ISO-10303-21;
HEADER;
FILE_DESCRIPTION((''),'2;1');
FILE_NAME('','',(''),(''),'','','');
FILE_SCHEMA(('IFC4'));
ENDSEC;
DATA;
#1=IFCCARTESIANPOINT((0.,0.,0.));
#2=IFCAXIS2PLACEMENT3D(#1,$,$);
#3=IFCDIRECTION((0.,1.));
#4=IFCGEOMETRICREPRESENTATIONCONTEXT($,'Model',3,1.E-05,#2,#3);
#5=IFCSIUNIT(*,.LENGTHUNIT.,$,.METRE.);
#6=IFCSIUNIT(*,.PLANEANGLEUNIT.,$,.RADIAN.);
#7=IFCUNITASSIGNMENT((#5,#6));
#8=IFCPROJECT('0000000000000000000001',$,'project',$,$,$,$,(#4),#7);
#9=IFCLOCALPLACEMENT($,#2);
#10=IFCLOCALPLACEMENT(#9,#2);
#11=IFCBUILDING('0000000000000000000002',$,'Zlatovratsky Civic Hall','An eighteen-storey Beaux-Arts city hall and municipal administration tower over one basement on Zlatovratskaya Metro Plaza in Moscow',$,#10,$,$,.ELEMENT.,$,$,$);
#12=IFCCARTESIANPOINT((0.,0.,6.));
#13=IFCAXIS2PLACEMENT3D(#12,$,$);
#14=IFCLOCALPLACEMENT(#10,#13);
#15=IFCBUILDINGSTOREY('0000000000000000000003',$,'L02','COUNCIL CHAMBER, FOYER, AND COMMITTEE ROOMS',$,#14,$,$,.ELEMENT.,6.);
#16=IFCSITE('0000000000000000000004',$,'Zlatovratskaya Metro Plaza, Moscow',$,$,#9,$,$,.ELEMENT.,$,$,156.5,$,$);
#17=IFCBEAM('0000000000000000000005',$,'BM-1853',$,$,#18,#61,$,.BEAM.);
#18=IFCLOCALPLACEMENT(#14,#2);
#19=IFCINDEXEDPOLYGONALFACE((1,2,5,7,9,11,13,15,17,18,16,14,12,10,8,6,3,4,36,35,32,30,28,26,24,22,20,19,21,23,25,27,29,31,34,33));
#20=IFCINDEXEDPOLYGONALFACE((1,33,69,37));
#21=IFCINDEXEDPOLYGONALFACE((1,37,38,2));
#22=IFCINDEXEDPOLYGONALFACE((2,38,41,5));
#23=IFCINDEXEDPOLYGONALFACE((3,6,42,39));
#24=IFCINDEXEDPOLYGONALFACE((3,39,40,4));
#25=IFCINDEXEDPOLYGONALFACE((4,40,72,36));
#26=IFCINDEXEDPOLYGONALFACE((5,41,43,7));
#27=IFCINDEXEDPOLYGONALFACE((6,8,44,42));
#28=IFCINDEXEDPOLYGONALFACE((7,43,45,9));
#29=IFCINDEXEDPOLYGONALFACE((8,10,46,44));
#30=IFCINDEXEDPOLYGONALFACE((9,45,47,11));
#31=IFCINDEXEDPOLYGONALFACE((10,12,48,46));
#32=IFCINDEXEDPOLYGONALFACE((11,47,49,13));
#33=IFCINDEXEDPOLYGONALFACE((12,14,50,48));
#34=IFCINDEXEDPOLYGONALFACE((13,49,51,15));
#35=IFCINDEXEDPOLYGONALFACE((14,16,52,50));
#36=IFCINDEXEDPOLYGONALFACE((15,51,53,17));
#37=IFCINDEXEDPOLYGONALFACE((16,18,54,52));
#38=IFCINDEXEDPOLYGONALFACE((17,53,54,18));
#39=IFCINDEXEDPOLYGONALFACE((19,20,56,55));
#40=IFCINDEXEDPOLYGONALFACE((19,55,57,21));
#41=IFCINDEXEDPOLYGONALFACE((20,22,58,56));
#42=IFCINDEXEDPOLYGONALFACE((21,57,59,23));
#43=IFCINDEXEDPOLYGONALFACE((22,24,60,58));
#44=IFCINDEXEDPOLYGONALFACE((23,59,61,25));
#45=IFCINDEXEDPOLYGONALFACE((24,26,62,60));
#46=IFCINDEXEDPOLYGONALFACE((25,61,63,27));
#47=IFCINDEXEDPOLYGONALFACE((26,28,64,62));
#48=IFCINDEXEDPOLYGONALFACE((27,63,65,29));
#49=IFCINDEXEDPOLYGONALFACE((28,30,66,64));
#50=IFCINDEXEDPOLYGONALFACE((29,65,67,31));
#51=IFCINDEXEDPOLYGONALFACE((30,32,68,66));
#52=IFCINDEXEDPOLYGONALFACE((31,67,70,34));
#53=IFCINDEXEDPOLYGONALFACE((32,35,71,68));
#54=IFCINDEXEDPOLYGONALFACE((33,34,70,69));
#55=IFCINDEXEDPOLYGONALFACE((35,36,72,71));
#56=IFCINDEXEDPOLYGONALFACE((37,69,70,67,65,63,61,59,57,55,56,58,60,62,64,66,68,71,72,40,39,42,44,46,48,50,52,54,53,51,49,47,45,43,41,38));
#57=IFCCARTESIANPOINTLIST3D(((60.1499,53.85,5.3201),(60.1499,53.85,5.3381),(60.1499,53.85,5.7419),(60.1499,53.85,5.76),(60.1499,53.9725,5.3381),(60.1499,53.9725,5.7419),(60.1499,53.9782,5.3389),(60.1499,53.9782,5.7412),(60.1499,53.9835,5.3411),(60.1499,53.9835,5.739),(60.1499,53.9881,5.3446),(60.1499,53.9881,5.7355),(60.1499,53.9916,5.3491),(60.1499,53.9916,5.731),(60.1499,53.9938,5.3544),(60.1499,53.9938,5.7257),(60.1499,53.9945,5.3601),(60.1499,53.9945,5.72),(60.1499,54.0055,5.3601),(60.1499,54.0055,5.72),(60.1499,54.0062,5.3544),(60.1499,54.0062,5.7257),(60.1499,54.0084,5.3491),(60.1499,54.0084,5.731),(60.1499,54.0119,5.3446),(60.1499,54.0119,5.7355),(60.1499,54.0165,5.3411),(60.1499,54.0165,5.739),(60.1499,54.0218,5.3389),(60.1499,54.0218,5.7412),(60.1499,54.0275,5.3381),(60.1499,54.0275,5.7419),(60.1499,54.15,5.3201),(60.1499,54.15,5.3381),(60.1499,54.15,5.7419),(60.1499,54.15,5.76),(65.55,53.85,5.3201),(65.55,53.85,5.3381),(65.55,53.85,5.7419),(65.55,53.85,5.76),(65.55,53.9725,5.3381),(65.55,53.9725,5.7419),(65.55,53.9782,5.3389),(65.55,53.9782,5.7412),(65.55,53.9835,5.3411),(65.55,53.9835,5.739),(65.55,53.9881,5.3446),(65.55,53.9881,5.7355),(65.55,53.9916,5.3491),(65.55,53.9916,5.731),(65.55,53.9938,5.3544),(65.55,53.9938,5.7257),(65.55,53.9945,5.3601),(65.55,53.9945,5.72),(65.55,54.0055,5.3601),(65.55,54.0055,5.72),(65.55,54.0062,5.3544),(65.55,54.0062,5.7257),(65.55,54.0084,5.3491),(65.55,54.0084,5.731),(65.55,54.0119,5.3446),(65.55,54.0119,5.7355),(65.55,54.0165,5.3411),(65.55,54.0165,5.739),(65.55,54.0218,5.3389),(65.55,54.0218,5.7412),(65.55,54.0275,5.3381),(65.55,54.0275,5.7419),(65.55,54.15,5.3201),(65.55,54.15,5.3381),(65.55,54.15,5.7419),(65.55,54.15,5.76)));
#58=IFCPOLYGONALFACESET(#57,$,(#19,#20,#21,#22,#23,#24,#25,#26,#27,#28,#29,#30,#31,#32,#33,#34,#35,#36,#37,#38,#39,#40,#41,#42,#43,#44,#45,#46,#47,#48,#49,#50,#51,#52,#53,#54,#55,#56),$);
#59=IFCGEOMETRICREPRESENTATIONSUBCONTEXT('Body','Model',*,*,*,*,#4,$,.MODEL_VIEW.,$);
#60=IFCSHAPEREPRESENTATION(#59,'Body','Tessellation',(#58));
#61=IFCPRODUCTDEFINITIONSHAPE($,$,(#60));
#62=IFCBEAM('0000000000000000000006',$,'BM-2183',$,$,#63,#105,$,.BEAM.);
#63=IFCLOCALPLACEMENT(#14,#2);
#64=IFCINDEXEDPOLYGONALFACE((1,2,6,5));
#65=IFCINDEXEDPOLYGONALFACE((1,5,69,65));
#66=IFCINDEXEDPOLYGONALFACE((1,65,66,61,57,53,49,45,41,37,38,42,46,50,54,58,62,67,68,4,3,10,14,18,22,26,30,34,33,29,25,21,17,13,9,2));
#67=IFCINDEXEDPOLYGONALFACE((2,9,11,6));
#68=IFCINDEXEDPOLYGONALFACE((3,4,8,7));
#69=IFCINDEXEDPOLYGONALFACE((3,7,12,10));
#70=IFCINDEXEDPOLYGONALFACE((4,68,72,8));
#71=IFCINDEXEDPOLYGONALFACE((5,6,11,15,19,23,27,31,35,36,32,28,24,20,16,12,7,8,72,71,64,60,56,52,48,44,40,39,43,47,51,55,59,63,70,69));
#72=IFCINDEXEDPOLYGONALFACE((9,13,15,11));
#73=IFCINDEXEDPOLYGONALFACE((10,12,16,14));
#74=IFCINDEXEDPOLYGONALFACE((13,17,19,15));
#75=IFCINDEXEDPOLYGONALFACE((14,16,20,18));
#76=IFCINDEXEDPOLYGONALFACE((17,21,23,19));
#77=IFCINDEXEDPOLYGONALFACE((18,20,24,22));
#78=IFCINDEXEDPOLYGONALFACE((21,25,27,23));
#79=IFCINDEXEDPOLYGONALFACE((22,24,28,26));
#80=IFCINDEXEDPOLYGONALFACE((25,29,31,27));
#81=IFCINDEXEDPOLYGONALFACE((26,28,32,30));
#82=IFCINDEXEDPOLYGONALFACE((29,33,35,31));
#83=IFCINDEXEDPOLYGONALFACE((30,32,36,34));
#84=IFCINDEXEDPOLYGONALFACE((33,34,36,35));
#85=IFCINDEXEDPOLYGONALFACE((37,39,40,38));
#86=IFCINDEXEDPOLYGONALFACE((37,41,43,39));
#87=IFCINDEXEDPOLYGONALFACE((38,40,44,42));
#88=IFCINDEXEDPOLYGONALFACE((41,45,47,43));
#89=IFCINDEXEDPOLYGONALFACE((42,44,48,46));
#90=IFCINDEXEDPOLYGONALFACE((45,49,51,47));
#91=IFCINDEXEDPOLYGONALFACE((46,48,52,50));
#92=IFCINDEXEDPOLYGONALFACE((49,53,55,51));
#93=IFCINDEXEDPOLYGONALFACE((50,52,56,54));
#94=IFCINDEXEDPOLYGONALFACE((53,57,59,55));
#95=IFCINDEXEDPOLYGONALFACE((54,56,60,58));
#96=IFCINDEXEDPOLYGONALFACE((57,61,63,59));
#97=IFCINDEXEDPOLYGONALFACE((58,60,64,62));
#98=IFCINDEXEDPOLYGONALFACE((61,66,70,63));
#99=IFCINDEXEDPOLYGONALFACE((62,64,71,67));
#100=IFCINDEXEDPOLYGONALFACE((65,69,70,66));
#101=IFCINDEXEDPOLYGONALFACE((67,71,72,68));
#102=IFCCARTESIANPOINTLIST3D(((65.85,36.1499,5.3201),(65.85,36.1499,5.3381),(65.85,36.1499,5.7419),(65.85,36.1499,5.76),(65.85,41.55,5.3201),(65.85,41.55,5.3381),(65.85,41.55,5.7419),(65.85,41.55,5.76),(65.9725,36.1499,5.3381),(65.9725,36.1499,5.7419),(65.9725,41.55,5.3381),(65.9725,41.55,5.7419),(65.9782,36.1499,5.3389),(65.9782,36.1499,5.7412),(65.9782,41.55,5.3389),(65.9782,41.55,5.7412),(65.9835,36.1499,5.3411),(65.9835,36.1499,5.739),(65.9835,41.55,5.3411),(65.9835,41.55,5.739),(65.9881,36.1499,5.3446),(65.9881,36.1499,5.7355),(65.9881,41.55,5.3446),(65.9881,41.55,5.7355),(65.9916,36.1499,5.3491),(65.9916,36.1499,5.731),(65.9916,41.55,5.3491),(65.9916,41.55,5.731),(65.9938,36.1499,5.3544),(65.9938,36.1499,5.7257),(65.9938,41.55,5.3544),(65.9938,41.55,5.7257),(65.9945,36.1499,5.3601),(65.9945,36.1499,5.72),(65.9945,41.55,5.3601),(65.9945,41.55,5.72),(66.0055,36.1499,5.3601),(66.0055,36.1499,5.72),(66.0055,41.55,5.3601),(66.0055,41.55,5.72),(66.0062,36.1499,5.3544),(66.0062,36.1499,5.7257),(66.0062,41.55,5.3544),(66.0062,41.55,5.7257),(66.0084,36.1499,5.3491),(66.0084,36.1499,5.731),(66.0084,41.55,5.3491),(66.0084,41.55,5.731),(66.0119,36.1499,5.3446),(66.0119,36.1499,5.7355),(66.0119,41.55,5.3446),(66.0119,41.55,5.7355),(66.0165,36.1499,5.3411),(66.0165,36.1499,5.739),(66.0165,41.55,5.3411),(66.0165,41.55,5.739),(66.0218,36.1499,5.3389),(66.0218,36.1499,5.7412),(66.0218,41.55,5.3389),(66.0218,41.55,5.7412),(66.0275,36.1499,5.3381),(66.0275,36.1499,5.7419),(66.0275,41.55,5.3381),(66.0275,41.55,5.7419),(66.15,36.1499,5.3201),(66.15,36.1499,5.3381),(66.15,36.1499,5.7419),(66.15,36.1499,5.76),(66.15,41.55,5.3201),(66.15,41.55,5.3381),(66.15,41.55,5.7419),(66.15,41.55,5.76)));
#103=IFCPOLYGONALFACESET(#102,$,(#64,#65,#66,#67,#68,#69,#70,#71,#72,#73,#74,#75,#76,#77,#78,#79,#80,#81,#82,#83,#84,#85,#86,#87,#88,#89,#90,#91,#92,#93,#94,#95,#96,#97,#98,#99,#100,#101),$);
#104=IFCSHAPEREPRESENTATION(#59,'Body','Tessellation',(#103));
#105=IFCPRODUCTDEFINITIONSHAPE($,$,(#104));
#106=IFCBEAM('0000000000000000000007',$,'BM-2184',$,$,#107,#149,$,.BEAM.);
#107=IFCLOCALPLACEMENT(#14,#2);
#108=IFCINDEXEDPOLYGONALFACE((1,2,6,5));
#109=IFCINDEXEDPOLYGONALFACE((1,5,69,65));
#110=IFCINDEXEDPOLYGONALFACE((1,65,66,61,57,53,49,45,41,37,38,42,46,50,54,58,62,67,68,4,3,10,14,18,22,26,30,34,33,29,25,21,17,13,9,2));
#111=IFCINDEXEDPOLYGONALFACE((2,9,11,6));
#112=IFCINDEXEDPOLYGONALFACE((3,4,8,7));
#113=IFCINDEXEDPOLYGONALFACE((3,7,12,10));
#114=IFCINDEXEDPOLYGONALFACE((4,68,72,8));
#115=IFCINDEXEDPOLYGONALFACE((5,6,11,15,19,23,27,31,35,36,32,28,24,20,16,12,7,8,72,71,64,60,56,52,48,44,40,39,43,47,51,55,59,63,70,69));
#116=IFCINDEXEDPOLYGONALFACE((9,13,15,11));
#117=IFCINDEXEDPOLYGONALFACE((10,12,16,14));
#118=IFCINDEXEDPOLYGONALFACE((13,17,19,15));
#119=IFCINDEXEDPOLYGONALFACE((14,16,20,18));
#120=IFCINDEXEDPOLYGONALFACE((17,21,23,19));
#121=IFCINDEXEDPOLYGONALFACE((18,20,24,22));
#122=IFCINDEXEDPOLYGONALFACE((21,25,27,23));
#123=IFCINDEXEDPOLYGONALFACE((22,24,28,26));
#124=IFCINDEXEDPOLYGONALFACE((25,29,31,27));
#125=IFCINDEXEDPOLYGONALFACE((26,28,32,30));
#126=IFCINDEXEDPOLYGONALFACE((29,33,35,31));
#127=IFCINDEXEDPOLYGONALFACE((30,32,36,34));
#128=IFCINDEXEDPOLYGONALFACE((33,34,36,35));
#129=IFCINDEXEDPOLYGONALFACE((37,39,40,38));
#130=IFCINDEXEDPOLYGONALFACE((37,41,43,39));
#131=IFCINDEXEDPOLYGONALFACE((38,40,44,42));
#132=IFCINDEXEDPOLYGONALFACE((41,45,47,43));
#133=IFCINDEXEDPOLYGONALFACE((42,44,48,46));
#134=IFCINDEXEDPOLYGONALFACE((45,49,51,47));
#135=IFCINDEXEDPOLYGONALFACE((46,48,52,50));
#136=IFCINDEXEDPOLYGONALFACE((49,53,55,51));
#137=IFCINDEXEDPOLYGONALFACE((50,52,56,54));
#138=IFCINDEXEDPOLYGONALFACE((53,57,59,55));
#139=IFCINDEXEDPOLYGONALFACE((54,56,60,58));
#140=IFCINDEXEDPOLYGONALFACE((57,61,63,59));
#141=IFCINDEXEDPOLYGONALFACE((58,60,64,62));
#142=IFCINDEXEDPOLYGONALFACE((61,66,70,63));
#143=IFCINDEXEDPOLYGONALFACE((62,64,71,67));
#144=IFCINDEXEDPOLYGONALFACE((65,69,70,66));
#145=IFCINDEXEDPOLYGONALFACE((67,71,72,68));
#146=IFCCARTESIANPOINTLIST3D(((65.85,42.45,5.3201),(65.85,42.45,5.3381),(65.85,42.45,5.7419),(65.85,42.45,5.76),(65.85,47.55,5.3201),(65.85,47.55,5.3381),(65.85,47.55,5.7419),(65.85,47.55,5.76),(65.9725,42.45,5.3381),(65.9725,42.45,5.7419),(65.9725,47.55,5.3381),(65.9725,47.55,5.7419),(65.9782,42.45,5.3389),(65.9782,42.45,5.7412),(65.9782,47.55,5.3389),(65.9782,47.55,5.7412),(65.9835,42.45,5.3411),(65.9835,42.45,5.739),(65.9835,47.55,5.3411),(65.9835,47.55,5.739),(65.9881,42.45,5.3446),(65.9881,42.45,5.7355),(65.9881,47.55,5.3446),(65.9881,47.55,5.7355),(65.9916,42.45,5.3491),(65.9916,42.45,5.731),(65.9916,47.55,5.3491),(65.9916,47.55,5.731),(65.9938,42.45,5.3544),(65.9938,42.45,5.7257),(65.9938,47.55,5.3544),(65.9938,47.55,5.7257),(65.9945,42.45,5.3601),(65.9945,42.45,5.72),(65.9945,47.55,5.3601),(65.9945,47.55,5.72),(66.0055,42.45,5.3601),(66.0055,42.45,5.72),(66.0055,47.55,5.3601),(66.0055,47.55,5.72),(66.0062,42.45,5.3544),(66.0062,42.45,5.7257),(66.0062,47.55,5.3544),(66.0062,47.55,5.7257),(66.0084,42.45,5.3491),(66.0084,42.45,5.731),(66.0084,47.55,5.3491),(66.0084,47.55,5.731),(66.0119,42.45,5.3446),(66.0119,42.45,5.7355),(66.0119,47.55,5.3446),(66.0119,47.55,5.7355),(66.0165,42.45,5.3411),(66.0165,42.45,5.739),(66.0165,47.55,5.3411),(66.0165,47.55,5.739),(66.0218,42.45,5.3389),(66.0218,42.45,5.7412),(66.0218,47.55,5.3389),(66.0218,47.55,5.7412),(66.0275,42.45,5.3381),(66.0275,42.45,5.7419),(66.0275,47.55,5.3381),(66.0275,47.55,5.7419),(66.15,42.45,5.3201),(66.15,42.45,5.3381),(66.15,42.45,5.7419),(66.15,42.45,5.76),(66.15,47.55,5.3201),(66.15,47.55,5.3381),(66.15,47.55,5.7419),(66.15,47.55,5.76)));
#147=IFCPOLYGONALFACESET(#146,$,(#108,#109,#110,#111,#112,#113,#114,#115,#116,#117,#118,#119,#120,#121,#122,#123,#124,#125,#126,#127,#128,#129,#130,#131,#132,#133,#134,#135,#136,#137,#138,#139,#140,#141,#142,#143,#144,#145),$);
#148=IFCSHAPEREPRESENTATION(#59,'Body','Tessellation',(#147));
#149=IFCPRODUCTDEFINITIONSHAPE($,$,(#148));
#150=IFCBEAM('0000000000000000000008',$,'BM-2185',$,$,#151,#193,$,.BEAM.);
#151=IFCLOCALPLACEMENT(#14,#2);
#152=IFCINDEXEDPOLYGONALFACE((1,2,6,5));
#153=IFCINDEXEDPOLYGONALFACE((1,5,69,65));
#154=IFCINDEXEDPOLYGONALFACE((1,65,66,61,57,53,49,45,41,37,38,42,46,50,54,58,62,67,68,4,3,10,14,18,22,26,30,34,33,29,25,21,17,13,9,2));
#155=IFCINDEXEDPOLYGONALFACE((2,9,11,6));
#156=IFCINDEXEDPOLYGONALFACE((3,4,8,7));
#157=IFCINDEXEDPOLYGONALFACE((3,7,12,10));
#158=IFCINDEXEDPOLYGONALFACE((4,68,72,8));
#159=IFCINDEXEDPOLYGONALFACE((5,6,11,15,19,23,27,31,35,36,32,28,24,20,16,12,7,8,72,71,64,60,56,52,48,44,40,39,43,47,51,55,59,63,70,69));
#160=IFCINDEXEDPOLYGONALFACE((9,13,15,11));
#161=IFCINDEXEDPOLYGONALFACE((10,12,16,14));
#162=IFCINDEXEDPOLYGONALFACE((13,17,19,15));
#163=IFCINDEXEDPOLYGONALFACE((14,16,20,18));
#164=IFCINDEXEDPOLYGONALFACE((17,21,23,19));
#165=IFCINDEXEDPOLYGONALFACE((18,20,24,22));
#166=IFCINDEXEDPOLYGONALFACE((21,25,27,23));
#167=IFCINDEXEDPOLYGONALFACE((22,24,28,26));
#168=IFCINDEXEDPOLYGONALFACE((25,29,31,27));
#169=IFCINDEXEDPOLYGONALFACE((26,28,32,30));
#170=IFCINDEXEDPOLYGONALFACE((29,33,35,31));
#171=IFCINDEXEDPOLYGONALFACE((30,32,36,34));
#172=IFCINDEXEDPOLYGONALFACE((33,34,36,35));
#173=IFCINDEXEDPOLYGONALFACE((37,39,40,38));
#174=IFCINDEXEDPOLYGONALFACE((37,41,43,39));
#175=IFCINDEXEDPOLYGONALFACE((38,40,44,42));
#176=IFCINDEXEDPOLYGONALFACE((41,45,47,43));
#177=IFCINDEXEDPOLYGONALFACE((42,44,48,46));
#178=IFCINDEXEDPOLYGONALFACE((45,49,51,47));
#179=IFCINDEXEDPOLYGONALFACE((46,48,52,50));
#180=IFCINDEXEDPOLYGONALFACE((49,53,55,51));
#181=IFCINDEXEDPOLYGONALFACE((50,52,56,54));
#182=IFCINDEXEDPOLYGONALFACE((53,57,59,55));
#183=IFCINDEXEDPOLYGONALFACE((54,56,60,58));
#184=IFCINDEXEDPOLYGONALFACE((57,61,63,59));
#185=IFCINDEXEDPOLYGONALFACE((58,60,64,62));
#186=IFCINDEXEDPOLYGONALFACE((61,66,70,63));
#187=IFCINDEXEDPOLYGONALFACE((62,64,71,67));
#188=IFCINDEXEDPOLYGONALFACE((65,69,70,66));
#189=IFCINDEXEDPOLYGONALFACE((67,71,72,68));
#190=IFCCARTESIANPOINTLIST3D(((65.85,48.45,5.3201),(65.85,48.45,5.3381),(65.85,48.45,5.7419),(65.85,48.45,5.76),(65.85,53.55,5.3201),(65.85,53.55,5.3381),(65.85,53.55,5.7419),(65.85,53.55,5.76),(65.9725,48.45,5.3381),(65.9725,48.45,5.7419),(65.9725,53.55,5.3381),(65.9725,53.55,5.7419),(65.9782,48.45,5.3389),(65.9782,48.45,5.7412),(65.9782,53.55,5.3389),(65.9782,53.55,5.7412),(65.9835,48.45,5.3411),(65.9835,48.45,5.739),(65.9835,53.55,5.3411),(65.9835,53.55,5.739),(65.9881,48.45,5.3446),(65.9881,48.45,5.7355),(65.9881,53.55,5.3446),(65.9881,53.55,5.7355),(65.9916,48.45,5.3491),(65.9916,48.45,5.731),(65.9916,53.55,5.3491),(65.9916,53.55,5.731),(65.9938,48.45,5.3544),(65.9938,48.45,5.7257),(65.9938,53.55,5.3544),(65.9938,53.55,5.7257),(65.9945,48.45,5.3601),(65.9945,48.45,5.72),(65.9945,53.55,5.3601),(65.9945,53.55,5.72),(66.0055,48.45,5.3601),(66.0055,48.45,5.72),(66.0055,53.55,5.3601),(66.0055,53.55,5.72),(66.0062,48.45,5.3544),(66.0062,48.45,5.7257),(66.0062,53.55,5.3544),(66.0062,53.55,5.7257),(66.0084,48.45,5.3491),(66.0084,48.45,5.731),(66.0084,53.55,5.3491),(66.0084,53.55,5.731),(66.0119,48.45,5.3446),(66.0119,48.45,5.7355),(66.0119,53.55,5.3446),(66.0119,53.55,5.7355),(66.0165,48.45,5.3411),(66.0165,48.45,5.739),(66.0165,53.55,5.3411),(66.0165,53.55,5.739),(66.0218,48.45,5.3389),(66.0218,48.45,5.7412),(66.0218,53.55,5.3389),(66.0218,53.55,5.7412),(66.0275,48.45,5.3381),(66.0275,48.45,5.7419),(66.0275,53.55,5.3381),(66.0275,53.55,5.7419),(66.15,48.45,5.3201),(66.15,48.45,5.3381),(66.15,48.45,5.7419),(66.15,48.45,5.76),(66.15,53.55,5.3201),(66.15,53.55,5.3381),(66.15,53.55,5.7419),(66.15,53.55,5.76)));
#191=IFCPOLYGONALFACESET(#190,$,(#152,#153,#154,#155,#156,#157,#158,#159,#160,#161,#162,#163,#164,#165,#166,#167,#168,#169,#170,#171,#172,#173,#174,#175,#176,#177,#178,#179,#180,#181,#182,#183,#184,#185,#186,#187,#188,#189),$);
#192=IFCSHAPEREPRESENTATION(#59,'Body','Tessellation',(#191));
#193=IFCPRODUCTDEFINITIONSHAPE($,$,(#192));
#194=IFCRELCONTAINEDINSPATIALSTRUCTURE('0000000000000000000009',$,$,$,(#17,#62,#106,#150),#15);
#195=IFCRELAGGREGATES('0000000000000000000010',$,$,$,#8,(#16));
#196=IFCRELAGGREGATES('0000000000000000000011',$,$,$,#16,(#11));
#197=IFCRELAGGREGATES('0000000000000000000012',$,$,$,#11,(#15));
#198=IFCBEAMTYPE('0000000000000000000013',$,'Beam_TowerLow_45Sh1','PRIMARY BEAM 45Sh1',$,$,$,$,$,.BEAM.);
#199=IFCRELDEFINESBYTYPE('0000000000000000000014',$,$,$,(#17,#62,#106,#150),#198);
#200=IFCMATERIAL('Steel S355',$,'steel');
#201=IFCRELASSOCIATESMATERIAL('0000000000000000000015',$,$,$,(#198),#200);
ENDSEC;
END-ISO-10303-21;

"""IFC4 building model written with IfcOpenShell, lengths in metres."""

from ifc_helpers import new_model, si_unit, direction, frame, origin, origin_2d, place, context, subcontext, project, spatial, i_section, extrude, material, material_profile, profile_set, type_object, element, save


model = new_model("IFC4")

# Units and contexts
model_context = context("Model", 3, precision=1e-05, world=origin(), true_north=direction((0.0, 1.0)))
body_context = subcontext(model_context, "Body", "Model", "MODEL_VIEW")
ifc_project = project(units=[si_unit("LENGTHUNIT", "METRE"), si_unit("PLANEANGLEUNIT", "RADIAN")], contexts=[model_context])

# Site, building, storey
site_placement = place(None, origin())
site = spatial("IfcSite", under=ifc_project, at=site_placement, Name="Zlatovratskaya Metro Plaza, Moscow", CompositionType="ELEMENT", RefElevation=156.5)
building_placement = place(site_placement, origin())
building = spatial("IfcBuilding", under=site, at=building_placement, Name="Zlatovratsky Civic Hall", Description="An eighteen-storey Beaux-Arts city hall and municipal administration tower over one basement on Zlatovratskaya Metro Plaza in Moscow", CompositionType="ELEMENT")
storey_placement = place(building_placement, frame((0.0, 0.0, 6.0)))
storey = spatial("IfcBuildingStorey", under=building, at=storey_placement, Name="L02", Description="COUNCIL CHAMBER, FOYER, AND COMMITTEE ROOMS", CompositionType="ELEMENT", Elevation=6.0)

# Shared definitions
ifc_material_1 = material(Name="Steel S355", Category="steel")

# Beams
ifc_material_profile_1 = material_profile(ifc_material_1, i_section(OverallWidth=0.3, OverallDepth=0.4399, WebThickness=0.011, FlangeThickness=0.0181, FilletRadius=0.022, at=origin_2d()), Name="45Sh1")
ifc_profile_set_1 = profile_set([ifc_material_profile_1], Name="Steel S355")
beam_type = type_object("IfcBeamType", Name="Beam_TowerLow_45Sh1", Description="PRIMARY BEAM 45Sh1", PredefinedType="BEAM", material=ifc_profile_set_1)
for number, where, z_axis, x_axis, name in (
    (1, (60.1499, 54.0, 5.54), (1.0, 0.0, 0.0), (0.0, 1.0, 0.0), "BM-1853"),
    (2, (66.0, 36.1499, 5.54), (0.0, 1.0, 0.0), (-1.0, 0.0, 0.0), "BM-2183"),
):
    element("IfcBeam", number, at=place(storey_placement, frame(where, z_axis=z_axis, x_axis=x_axis)), inside=storey, type_object=beam_type, Name=name, PredefinedType="BEAM", context=body_context, shape_type="SweptSolid", body=[
        extrude(i_section(OverallWidth=0.3, OverallDepth=0.4399, WebThickness=0.011, FlangeThickness=0.0181, FilletRadius=0.022, at=origin_2d()), origin(), (0.0, 0.0, 1.0), 5.4001),
    ])
for number, where, z_axis, x_axis, name in (
    (3, (66.0, 42.45, 5.54), (0.0, 1.0, 0.0), (-1.0, 0.0, 0.0), "BM-2184"),
    (4, (66.0, 48.45, 5.54), (0.0, 1.0, 0.0), (-1.0, 0.0, 0.0), "BM-2185"),
):
    element("IfcBeam", number, at=place(storey_placement, frame(where, z_axis=z_axis, x_axis=x_axis)), inside=storey, type_object=beam_type, Name=name, PredefinedType="BEAM", context=body_context, shape_type="SweptSolid", body=[
        extrude(i_section(OverallWidth=0.3, OverallDepth=0.4399, WebThickness=0.011, FlangeThickness=0.0181, FilletRadius=0.022, at=origin_2d()), origin(), (0.0, 0.0, 1.0), 5.1001),
    ])

save(model, "model.ifc")
